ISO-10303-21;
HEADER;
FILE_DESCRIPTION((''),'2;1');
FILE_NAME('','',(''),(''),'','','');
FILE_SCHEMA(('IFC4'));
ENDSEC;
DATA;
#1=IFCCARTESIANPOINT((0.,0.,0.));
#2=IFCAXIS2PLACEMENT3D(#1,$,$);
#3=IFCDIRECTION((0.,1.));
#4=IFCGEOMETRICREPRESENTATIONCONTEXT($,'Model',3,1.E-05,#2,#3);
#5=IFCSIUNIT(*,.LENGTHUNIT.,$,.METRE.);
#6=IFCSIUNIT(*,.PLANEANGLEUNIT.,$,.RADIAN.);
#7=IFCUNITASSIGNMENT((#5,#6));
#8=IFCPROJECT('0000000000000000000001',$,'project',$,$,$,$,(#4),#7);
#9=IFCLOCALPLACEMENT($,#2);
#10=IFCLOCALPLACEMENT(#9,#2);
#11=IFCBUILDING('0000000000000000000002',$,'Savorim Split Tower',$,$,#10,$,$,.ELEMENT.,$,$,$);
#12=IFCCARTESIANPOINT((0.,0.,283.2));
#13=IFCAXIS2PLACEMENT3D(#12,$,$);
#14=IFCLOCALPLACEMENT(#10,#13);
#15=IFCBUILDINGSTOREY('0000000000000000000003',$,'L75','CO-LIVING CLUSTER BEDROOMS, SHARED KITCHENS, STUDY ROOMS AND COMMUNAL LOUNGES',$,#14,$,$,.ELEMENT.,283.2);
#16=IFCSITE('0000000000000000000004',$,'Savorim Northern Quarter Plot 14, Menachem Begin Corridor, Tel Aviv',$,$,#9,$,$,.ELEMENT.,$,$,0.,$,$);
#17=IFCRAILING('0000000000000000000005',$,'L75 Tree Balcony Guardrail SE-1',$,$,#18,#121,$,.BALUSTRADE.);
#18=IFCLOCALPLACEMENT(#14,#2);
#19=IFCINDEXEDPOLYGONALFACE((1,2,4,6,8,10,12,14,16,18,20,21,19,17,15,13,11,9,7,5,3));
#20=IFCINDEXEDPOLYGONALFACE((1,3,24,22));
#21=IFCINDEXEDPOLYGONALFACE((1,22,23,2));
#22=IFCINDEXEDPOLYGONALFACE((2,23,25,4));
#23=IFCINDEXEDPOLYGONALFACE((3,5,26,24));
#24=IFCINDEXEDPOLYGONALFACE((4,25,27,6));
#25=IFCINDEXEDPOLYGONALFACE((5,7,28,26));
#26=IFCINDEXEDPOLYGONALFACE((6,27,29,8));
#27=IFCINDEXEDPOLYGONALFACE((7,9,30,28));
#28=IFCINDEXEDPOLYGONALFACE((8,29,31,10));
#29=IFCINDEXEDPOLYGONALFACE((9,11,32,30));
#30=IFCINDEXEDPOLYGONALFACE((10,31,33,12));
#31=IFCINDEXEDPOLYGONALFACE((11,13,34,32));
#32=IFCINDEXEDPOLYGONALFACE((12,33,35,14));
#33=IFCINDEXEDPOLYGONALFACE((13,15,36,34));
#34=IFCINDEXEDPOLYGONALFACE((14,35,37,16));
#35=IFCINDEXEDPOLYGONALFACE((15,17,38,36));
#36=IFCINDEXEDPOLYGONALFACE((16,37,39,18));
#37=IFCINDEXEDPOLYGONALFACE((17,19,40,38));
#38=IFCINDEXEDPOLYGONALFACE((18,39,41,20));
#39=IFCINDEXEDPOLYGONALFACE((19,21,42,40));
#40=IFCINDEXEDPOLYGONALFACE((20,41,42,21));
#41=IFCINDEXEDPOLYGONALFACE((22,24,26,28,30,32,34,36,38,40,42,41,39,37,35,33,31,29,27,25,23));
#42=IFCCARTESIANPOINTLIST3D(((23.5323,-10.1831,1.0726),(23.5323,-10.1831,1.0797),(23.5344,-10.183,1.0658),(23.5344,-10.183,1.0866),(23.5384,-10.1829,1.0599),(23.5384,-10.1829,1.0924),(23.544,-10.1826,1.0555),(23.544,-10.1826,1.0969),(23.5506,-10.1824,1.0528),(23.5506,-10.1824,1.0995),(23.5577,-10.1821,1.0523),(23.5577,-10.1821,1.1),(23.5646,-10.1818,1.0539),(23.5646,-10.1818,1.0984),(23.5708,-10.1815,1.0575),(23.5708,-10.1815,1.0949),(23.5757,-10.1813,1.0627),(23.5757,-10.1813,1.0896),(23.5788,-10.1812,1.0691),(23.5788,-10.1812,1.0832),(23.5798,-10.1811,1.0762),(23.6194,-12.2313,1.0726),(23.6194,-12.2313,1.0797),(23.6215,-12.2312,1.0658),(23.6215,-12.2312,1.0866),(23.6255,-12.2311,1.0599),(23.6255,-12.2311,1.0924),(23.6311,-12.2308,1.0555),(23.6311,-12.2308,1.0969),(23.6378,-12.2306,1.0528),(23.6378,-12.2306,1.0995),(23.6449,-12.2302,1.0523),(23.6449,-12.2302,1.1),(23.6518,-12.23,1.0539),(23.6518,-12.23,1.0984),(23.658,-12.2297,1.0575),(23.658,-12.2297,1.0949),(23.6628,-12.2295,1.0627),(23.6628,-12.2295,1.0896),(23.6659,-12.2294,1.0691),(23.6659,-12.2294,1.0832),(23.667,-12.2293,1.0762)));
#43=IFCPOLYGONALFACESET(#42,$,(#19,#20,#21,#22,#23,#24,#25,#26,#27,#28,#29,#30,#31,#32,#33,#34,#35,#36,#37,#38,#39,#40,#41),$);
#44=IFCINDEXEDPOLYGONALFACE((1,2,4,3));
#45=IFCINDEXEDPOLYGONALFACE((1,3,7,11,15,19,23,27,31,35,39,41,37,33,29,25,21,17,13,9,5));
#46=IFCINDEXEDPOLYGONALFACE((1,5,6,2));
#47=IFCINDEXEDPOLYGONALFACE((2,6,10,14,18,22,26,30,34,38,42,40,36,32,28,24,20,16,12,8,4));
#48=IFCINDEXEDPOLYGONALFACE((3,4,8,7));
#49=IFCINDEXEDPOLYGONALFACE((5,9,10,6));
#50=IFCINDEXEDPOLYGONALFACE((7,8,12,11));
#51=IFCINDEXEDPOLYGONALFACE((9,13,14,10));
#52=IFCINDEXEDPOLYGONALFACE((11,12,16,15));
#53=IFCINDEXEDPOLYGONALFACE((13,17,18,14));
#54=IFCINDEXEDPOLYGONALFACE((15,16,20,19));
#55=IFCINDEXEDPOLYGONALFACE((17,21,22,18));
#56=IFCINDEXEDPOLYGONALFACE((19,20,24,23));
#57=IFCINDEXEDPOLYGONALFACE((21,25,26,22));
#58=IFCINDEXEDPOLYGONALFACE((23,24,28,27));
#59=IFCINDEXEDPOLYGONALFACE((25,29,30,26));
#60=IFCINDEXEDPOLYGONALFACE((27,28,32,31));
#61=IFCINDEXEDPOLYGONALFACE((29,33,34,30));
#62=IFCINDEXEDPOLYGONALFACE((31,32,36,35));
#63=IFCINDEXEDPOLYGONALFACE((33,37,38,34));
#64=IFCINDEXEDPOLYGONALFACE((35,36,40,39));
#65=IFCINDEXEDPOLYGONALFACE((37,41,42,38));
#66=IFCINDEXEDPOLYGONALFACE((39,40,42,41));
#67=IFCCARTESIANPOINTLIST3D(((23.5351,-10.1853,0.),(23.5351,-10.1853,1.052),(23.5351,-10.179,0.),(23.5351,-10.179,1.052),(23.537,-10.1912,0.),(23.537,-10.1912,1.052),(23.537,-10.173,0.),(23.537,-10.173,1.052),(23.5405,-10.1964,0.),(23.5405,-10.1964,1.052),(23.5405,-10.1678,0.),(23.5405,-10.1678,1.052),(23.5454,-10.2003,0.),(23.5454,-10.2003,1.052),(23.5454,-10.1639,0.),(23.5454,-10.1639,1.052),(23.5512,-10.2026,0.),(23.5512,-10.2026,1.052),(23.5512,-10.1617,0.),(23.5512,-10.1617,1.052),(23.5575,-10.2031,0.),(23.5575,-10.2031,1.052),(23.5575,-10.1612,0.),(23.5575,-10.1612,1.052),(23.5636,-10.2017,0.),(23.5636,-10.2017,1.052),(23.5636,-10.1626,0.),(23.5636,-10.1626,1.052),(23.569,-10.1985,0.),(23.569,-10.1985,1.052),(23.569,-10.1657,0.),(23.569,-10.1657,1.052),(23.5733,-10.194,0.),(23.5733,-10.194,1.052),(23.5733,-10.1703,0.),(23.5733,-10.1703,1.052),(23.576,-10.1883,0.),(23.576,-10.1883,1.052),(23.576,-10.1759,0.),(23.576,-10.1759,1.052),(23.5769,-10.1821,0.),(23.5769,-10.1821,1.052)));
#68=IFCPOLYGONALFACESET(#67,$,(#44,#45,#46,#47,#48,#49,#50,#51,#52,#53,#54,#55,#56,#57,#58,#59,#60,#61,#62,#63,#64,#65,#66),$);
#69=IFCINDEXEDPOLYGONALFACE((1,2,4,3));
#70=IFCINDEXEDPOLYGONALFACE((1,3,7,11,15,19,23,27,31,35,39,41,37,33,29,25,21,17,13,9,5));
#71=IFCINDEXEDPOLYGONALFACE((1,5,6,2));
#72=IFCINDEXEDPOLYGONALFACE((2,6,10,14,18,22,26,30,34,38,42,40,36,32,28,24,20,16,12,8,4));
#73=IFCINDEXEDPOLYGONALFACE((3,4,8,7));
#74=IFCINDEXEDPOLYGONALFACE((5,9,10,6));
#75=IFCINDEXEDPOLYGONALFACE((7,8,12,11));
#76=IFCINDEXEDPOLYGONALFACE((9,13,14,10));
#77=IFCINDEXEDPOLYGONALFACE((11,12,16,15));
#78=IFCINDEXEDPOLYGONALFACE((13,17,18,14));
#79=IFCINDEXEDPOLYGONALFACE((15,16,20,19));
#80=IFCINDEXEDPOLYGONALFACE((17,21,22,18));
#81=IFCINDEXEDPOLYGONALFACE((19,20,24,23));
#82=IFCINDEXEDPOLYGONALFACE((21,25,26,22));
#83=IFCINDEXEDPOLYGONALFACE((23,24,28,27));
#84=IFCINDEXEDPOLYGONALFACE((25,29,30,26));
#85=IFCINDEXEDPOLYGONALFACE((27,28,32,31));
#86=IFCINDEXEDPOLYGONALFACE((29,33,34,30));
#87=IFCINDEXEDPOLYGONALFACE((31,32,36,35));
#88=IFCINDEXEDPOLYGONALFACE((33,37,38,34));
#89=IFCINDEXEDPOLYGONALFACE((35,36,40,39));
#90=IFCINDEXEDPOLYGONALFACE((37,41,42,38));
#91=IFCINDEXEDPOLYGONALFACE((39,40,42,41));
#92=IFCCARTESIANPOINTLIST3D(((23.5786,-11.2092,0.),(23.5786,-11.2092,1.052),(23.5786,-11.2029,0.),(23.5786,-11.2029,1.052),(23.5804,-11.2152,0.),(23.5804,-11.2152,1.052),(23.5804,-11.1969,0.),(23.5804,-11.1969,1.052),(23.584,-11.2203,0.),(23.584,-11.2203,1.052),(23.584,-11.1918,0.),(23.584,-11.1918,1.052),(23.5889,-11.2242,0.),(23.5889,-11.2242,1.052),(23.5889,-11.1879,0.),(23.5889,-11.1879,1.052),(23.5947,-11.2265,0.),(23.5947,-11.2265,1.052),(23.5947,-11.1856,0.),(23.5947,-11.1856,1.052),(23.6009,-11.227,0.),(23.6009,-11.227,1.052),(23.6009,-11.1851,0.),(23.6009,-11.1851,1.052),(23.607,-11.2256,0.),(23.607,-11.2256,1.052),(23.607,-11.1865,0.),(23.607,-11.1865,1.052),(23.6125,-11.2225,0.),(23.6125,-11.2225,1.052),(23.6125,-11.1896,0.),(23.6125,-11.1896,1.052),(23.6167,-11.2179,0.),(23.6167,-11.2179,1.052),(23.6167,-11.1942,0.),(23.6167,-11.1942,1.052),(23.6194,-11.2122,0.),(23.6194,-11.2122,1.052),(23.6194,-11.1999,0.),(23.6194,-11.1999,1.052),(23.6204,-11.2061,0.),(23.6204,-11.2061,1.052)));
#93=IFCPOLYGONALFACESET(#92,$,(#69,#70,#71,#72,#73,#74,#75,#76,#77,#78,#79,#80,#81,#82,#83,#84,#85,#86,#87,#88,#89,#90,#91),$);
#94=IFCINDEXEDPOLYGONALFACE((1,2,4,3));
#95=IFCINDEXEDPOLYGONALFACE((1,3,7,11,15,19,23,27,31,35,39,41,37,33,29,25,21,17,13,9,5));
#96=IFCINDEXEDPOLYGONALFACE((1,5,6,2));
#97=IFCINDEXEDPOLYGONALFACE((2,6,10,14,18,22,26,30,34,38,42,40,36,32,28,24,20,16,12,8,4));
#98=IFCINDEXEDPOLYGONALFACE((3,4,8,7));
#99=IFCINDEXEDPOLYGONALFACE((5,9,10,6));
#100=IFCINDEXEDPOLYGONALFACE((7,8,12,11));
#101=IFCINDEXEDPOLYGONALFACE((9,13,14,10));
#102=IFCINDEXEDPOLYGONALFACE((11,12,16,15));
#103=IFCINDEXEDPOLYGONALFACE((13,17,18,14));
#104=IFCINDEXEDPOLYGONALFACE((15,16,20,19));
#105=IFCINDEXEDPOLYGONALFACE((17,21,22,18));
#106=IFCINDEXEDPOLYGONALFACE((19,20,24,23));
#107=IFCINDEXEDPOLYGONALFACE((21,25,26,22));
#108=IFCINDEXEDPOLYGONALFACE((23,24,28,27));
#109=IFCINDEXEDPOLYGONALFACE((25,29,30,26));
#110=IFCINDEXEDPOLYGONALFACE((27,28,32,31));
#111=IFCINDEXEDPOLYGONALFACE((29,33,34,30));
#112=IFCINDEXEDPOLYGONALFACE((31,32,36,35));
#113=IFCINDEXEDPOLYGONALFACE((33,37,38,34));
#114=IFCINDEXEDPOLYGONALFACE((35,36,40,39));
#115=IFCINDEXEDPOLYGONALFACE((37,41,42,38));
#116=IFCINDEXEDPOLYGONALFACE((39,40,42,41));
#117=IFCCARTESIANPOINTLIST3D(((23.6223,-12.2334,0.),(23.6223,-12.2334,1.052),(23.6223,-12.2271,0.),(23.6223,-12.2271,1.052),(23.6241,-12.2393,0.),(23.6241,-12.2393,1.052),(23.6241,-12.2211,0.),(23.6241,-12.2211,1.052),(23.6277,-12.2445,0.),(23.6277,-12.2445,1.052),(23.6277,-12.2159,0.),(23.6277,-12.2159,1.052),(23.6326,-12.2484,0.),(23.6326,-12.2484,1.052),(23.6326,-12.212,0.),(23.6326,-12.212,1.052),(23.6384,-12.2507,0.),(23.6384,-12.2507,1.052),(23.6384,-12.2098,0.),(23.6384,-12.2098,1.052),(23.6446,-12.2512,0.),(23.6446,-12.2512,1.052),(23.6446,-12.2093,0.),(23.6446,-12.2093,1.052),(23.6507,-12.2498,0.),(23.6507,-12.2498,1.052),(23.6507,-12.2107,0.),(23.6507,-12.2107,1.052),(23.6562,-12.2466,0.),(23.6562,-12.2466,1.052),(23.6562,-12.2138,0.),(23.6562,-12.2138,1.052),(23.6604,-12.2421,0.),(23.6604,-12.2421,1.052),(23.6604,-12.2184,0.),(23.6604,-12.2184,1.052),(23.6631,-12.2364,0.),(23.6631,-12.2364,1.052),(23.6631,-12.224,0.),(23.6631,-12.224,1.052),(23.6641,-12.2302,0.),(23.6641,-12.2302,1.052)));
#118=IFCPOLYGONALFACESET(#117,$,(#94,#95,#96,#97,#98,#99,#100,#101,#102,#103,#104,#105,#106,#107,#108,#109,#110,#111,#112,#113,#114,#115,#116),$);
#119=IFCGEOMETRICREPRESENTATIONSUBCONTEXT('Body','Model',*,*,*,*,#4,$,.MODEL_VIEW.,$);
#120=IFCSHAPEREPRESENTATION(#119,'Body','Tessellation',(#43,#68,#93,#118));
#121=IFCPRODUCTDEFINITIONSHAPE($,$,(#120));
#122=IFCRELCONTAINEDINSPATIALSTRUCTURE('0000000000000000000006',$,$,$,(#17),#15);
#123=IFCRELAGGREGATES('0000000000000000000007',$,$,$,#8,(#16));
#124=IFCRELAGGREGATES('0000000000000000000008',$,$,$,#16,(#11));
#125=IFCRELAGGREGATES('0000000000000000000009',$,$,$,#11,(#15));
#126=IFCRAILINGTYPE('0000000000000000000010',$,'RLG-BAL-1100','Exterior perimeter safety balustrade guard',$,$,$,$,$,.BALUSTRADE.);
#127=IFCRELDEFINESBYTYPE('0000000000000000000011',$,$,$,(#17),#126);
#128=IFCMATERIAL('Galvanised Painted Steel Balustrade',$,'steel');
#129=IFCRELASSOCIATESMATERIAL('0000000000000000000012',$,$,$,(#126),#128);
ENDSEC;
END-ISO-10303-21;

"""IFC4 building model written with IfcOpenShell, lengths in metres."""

from ifc_helpers import new_model, si_unit, direction, frame, origin, origin_2d, place, context, subcontext, project, spatial, circle, extrude, material, type_object, element, save


model = new_model("IFC4")

# Units and contexts
model_context = context("Model", 3, precision=1e-05, world=origin(), true_north=direction((0.0, 1.0)))
body_context = subcontext(model_context, "Body", "Model", "MODEL_VIEW")
ifc_project = project(units=[si_unit("LENGTHUNIT", "METRE"), si_unit("PLANEANGLEUNIT", "RADIAN")], contexts=[model_context])

# Site, building, storey
site_placement = place(None, origin())
site = spatial("IfcSite", under=ifc_project, at=site_placement, Name="Savorim Northern Quarter Plot 14, Menachem Begin Corridor, Tel Aviv", CompositionType="ELEMENT", RefElevation=0.0)
building_placement = place(site_placement, origin())
building = spatial("IfcBuilding", under=site, at=building_placement, Name="Savorim Split Tower", CompositionType="ELEMENT")
storey_placement = place(building_placement, frame((0.0, 0.0, 283.2)))
storey = spatial("IfcBuildingStorey", under=building, at=storey_placement, Name="L75", Description="CO-LIVING CLUSTER BEDROOMS, SHARED KITCHENS, STUDY ROOMS AND COMMUNAL LOUNGES", CompositionType="ELEMENT", Elevation=283.2)

# Railing
ifc_material_1 = material(Name="Galvanised Painted Steel Balustrade", Category="steel")
railing_type = type_object("IfcRailingType", Name="RLG-BAL-1100", Description="Exterior perimeter safety balustrade guard", PredefinedType="BALUSTRADE", material=ifc_material_1)
railing_1_placement = place(storey_placement, frame((23.5559, -10.1821, 0.0)))
element("IfcRailing", 1, at=railing_1_placement, inside=storey, type_object=railing_type, Name="L75 Tree Balcony Guardrail SE-1", PredefinedType="BALUSTRADE", context=body_context, shape_type="SweptSolid", body=[
    extrude(circle(Radius=0.0239, at=origin_2d()), frame((0.0, 0.0, 1.0762), z_axis=(0.042517, -0.999096, 0.0), x_axis=(0.999096, 0.042517, 0.0)), (0.0, 0.0, 1.0), 2.05),
    extrude(circle(Radius=0.021, at=origin_2d()), origin(), (0.0, 0.0, 1.0), 1.052),
    extrude(circle(Radius=0.021, at=origin_2d()), frame((0.0435, -1.0239, 0.0)), (0.0, 0.0, 1.0), 1.052),
    extrude(circle(Radius=0.021, at=origin_2d()), frame((0.0872, -2.0481, 0.0)), (0.0, 0.0, 1.0), 1.052),
])

save(model, "model.ifc")
